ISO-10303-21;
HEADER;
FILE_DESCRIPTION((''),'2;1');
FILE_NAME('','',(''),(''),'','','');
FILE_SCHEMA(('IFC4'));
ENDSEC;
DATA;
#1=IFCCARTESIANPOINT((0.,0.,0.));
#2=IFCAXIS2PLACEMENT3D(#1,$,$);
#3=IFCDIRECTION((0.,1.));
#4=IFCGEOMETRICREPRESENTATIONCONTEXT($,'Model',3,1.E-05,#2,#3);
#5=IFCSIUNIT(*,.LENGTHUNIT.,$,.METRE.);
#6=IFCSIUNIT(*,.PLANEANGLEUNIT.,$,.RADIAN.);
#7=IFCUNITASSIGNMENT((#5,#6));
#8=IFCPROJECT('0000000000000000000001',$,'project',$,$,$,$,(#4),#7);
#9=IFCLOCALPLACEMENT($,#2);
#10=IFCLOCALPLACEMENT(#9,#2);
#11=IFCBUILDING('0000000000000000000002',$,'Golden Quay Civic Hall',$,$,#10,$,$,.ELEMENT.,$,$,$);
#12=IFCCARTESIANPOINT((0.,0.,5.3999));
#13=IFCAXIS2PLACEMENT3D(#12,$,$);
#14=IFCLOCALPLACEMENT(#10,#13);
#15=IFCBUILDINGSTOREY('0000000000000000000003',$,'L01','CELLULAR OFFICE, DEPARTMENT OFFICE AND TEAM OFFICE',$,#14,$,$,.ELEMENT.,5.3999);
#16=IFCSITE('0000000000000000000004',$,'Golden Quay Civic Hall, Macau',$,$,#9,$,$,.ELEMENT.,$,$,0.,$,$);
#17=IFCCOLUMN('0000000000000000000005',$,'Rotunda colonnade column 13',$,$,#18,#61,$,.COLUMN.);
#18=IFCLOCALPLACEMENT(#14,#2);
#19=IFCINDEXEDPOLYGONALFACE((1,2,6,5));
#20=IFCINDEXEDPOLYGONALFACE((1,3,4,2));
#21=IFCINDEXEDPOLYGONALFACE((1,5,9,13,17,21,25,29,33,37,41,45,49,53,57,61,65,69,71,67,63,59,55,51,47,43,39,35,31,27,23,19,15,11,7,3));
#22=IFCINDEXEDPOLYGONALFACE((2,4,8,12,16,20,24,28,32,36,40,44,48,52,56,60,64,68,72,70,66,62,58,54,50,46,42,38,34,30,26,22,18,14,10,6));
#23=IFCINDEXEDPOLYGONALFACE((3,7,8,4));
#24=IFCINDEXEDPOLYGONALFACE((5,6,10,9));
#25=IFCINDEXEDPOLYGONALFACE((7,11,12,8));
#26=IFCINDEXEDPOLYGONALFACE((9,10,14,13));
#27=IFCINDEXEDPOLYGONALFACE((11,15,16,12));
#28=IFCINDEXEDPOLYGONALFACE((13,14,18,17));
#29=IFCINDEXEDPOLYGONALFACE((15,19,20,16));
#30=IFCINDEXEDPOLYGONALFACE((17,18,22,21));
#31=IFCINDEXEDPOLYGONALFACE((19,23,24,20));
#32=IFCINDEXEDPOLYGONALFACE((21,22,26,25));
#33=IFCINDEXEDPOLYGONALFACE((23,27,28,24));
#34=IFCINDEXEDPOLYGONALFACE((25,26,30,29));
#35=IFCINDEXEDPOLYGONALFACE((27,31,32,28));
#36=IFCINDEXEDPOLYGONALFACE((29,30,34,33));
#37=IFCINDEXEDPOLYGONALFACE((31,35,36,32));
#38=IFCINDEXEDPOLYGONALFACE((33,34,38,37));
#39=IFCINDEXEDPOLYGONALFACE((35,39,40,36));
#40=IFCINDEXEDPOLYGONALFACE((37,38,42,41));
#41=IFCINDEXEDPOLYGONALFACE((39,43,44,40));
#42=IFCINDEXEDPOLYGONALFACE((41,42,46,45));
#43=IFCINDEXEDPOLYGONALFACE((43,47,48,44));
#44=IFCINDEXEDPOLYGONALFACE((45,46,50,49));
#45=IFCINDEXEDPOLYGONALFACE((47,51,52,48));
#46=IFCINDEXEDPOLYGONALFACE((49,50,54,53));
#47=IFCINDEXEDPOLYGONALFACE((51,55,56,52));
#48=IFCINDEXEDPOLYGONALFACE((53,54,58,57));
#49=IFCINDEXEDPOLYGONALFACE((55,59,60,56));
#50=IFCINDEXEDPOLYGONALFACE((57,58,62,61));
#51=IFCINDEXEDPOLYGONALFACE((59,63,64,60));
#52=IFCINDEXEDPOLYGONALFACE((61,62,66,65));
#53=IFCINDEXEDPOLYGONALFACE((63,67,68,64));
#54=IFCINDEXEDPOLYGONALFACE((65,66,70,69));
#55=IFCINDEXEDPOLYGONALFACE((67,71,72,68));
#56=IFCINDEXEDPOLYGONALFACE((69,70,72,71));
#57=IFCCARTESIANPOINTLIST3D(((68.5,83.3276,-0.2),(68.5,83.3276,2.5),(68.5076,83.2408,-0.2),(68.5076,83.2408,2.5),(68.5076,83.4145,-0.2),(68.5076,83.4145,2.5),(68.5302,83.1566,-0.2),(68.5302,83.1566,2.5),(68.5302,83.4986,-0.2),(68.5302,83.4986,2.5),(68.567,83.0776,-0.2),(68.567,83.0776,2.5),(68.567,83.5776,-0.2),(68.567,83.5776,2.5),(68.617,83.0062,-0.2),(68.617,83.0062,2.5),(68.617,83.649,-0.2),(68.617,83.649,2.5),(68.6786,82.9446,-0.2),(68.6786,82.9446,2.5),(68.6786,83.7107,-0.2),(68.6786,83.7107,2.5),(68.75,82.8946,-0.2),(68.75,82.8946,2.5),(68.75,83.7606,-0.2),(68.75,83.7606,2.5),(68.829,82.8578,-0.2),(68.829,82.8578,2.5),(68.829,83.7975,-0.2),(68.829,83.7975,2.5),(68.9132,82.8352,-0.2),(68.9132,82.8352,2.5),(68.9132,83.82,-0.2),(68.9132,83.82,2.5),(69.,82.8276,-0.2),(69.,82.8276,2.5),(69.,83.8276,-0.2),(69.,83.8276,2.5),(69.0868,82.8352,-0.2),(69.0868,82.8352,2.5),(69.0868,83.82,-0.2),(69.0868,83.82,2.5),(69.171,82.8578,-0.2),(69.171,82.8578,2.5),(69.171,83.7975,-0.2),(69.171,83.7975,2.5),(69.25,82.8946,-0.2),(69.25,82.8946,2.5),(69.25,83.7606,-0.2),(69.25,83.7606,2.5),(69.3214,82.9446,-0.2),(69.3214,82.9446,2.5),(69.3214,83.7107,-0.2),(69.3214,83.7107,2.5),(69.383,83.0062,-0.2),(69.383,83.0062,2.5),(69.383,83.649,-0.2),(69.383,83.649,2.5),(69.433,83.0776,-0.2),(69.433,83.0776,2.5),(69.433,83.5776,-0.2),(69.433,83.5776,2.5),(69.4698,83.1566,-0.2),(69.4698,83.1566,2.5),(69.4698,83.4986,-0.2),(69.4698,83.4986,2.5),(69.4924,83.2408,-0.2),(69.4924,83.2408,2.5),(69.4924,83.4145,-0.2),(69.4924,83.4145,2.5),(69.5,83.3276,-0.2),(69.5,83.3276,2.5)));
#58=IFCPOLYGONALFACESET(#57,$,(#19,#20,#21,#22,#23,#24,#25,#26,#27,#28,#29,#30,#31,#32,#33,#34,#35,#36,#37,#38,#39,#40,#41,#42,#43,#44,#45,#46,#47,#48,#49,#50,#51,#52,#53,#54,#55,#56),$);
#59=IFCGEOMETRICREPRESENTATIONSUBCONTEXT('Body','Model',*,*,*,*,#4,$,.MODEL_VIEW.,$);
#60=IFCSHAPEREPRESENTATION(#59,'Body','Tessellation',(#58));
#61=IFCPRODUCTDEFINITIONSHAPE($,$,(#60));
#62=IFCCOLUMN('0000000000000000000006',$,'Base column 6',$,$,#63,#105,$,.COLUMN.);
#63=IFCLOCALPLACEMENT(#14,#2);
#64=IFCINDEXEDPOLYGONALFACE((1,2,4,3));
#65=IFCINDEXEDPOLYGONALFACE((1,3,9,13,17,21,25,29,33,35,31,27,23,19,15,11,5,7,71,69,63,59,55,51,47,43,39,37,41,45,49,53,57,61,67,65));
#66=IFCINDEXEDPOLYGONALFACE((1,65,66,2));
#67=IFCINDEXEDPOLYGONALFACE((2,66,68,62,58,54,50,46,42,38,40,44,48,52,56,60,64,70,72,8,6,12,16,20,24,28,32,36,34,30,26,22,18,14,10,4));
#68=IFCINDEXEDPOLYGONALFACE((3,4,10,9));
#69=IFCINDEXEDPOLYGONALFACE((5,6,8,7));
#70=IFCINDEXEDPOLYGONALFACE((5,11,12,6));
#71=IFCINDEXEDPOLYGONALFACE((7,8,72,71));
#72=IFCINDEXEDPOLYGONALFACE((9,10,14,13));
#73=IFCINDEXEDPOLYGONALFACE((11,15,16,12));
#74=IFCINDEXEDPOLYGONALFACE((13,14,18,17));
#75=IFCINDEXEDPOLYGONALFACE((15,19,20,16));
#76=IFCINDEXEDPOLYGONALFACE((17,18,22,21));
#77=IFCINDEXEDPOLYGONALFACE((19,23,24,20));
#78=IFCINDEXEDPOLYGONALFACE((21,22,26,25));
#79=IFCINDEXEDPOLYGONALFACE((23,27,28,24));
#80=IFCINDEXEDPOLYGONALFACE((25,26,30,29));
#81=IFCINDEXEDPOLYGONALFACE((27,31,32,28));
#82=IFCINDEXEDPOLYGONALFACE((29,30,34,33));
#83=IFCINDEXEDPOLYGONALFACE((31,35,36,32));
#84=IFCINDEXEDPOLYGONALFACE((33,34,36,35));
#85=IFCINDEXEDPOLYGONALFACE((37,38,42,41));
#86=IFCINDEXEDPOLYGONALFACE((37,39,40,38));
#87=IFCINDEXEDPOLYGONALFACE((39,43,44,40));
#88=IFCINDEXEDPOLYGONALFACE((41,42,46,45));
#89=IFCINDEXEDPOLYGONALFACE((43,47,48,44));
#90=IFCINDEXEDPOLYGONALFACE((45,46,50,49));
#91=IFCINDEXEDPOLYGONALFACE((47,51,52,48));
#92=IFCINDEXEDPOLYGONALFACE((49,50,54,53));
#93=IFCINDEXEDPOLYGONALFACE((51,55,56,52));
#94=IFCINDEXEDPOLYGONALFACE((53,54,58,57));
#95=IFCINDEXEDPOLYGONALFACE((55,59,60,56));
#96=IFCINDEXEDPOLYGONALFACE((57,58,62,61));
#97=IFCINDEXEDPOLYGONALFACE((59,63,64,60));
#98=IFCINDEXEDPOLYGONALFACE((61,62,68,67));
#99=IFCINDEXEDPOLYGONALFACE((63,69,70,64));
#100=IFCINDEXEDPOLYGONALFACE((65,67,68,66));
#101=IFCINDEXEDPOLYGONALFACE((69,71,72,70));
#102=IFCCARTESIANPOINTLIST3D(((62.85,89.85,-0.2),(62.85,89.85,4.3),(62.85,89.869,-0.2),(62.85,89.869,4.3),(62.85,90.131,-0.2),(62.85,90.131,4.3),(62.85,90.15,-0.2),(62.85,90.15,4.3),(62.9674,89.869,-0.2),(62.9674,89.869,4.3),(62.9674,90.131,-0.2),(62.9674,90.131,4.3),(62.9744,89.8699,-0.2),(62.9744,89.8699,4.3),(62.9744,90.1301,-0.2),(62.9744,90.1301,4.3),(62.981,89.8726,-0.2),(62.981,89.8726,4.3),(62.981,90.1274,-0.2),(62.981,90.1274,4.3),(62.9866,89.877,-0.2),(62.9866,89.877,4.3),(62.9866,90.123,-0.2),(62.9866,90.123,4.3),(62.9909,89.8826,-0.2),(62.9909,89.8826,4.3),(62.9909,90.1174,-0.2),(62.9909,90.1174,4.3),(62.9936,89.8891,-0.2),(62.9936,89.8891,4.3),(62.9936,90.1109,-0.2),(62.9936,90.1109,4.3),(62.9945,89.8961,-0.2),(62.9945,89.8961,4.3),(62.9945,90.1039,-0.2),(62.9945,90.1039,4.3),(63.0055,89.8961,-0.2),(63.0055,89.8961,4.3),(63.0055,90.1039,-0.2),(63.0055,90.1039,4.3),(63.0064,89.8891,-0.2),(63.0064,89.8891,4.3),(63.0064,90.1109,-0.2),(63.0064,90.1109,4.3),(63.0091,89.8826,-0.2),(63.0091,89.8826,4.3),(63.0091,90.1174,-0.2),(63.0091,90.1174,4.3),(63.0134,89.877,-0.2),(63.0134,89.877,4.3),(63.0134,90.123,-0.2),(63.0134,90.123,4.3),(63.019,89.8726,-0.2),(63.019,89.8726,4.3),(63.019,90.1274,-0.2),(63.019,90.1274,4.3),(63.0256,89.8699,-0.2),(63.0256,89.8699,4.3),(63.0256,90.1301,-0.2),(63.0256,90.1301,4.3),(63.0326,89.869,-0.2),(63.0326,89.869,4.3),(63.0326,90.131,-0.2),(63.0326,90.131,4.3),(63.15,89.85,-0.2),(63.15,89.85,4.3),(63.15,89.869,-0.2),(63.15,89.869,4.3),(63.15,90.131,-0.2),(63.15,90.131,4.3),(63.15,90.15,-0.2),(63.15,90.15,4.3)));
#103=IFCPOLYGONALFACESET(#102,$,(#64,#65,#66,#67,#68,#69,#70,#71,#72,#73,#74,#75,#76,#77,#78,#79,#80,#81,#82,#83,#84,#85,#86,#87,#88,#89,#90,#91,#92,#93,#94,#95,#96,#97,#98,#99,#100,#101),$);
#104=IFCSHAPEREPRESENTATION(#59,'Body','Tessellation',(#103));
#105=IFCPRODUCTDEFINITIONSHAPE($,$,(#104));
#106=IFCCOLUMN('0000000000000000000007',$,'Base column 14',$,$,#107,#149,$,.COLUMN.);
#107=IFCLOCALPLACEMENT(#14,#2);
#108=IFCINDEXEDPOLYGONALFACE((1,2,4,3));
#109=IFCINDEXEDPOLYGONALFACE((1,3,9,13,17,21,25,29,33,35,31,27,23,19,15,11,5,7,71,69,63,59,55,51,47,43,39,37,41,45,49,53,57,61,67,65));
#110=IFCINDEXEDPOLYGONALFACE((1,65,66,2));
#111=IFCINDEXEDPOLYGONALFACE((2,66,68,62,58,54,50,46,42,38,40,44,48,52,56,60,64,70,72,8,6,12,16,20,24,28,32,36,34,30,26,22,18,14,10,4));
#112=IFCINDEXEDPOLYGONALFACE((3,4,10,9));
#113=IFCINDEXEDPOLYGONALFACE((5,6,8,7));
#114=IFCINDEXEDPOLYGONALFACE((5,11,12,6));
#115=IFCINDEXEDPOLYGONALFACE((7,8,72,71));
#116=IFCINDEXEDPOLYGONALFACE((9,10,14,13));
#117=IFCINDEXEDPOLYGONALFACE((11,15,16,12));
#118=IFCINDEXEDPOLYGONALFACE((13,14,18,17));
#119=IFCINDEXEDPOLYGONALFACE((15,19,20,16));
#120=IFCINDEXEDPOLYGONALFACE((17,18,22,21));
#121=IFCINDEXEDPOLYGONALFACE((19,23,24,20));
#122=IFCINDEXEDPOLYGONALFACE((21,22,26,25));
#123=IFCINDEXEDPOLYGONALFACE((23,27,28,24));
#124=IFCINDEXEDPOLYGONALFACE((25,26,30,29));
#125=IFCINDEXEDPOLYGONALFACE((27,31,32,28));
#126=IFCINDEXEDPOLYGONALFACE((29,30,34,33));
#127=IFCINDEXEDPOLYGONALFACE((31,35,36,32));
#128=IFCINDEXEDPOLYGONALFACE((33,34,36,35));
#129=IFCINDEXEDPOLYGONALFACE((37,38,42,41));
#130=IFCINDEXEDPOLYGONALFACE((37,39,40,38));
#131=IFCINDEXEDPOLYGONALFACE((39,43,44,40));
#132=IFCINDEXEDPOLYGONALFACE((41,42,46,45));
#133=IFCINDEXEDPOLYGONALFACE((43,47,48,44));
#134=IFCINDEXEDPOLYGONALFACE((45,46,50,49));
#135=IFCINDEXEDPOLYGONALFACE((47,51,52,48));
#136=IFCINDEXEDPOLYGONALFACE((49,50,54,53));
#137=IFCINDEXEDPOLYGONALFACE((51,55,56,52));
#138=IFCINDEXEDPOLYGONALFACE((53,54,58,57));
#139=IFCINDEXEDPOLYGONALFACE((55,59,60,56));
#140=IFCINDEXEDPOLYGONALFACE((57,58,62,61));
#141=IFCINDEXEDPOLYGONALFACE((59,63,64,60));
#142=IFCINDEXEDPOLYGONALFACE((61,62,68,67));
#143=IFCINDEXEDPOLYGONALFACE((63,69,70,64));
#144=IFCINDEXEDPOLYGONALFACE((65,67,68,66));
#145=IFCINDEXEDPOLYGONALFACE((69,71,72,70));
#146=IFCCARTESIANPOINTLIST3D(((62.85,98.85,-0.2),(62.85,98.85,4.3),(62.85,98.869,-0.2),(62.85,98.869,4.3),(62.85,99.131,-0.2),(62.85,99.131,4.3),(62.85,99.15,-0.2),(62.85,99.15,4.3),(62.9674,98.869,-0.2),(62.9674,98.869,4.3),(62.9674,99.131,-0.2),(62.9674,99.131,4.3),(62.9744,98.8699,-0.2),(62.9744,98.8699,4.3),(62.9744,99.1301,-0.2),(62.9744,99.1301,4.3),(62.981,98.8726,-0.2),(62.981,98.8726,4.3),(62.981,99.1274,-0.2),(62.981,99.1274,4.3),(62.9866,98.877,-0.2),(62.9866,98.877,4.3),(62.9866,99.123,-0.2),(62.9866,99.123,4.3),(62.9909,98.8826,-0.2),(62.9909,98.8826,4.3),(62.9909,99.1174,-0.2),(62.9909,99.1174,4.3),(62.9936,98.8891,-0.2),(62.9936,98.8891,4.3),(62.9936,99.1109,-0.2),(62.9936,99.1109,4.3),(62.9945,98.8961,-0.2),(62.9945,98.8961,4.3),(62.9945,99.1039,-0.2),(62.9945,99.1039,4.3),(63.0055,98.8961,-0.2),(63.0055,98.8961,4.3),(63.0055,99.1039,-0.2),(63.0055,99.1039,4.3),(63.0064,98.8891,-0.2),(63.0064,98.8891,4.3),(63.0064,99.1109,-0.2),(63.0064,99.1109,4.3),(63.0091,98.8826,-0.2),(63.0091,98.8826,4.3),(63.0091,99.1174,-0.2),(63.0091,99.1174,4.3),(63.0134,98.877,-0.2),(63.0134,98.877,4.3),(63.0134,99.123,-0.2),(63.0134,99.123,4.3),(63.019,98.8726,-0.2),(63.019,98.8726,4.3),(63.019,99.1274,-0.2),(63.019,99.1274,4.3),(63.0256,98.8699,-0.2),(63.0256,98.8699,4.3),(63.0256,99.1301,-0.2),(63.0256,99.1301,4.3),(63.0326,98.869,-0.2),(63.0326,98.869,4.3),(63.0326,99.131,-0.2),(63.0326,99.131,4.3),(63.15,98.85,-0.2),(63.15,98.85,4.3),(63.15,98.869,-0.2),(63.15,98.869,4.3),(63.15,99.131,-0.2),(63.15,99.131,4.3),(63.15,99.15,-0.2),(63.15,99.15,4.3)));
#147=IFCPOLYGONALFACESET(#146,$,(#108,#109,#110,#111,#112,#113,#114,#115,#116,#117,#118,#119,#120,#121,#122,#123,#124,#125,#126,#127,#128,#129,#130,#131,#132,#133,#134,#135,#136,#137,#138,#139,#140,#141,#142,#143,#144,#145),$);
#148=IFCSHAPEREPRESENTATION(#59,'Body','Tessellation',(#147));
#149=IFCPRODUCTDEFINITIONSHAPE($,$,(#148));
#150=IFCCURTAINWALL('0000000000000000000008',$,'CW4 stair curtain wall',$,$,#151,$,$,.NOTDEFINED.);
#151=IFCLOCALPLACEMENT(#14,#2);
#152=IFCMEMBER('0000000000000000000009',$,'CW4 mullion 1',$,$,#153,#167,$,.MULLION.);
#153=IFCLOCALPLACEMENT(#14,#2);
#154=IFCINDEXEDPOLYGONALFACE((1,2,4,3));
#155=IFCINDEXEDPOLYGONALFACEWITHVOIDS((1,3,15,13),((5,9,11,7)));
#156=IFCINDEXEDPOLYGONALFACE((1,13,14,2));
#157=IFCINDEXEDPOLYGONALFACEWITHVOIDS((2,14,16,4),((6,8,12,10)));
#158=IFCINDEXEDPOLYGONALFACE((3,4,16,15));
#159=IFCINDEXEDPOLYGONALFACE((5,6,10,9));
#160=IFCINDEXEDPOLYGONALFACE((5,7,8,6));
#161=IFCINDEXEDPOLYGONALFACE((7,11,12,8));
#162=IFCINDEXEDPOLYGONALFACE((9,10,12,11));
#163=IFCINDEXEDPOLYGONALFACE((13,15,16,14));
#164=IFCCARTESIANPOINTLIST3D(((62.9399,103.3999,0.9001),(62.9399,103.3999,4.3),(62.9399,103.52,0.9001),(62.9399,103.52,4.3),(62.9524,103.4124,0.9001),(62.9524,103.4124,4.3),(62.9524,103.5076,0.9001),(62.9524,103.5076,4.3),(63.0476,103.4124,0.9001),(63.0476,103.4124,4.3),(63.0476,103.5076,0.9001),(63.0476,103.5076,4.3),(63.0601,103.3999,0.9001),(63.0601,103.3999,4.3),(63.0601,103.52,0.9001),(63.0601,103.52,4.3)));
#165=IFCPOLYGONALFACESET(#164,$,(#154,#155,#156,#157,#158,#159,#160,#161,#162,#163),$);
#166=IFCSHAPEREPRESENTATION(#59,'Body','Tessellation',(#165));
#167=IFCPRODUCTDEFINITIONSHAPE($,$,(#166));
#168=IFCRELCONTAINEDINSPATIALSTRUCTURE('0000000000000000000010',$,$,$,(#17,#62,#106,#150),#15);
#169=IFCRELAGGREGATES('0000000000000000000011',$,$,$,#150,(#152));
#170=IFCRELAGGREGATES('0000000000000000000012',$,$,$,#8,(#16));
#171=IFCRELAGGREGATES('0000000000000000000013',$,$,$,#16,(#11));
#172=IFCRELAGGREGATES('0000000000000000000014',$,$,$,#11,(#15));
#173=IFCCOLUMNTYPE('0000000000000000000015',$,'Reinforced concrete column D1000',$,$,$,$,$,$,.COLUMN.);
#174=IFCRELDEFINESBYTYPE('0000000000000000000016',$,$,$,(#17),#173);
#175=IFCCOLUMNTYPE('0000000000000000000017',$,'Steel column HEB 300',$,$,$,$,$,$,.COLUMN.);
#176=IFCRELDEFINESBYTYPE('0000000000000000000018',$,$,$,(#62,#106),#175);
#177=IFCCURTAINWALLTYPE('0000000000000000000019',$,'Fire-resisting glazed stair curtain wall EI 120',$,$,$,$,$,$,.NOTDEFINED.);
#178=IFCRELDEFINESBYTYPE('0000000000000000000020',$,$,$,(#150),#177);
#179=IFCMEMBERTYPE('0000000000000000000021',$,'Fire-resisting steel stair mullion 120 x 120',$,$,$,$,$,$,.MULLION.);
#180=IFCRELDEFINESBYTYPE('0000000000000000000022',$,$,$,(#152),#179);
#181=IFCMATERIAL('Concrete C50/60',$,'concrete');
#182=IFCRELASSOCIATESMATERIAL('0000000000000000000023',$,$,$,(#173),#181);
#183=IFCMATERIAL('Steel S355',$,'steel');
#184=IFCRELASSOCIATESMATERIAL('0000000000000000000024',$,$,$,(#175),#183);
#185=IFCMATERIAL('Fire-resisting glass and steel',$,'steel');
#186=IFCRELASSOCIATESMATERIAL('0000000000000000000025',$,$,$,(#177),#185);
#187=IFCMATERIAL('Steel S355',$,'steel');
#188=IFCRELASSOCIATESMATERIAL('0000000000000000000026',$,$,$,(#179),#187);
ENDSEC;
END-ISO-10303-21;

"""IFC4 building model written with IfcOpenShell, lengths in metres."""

from ifc_helpers import new_model, si_unit, direction, frame, origin, origin_2d, place, context, subcontext, project, spatial, hollow_rectangle, circle, i_section, extrude, material, material_profile, profile_set, type_object, element, aggregate, save


model = new_model("IFC4")

# Units and contexts
model_context = context("Model", 3, precision=1e-05, world=origin(), true_north=direction((0.0, 1.0)))
body_context = subcontext(model_context, "Body", "Model", "MODEL_VIEW")
ifc_project = project(units=[si_unit("LENGTHUNIT", "METRE"), si_unit("PLANEANGLEUNIT", "RADIAN")], contexts=[model_context])

# Site, building, storey
site_placement = place(None, origin())
site = spatial("IfcSite", under=ifc_project, at=site_placement, Name="Golden Quay Civic Hall, Macau", CompositionType="ELEMENT", RefElevation=0.0)
building_placement = place(site_placement, origin())
building = spatial("IfcBuilding", under=site, at=building_placement, Name="Golden Quay Civic Hall", CompositionType="ELEMENT")
storey_placement = place(building_placement, frame((0.0, 0.0, 5.3999)))
storey = spatial("IfcBuildingStorey", under=building, at=storey_placement, Name="L01", Description="CELLULAR OFFICE, DEPARTMENT OFFICE AND TEAM OFFICE", CompositionType="ELEMENT", Elevation=5.3999)

# Columns
ifc_material_1 = material(Name="Concrete C50/60", Category="concrete")
ifc_material_profile_1 = material_profile(ifc_material_1, circle(Radius=0.5, at=origin_2d()), Name="RC D1000")
ifc_profile_set_1 = profile_set([ifc_material_profile_1], Name="Concrete C50/60")
column_type_1 = type_object("IfcColumnType", Name="Reinforced concrete column D1000", PredefinedType="COLUMN", material=ifc_profile_set_1)
column_placement = place(storey_placement, frame((69.0, 83.3276, -0.2), z_axis=(0.0, 0.0, 1.0), x_axis=(1.0, 0.0, 0.0)))
element("IfcColumn", 1, at=column_placement, inside=storey, type_object=column_type_1, Name="Rotunda colonnade column 13", PredefinedType="COLUMN", context=body_context, shape_type="SweptSolid", body=[
    extrude(circle(Radius=0.5, at=origin_2d()), origin(), (0.0, 0.0, 1.0), 2.7),
])
ifc_material_2 = material(Name="Steel S355", Category="steel")
ifc_material_profile_2 = material_profile(ifc_material_2, i_section(OverallWidth=0.3, OverallDepth=0.3, WebThickness=0.011, FlangeThickness=0.019, FilletRadius=0.0271, at=origin_2d()), Name="HEB 300")
ifc_profile_set_2 = profile_set([ifc_material_profile_2], Name="Steel S355")
column_type_2 = type_object("IfcColumnType", Name="Steel column HEB 300", PredefinedType="COLUMN", material=ifc_profile_set_2)
for number, where, z_axis, x_axis, name in (
    (2, (63.0, 90.0, -0.2), (0.0, 0.0, 1.0), (1.0, 0.0, 0.0), "Base column 6"),
    (3, (63.0, 99.0, -0.2), (0.0, 0.0, 1.0), (1.0, 0.0, 0.0), "Base column 14"),
):
    element("IfcColumn", number, at=place(storey_placement, frame(where, z_axis=z_axis, x_axis=x_axis)), inside=storey, type_object=column_type_2, Name=name, PredefinedType="COLUMN", context=body_context, shape_type="SweptSolid", body=[
        extrude(i_section(OverallWidth=0.3, OverallDepth=0.3, WebThickness=0.011, FlangeThickness=0.019, FilletRadius=0.0271, at=origin_2d()), origin(), (0.0, 0.0, 1.0), 4.5),
    ])

# Curtain wall, member
ifc_material_3 = material(Name="Fire-resisting glass and steel", Category="steel")
curtain_wall_type = type_object("IfcCurtainWallType", Name="Fire-resisting glazed stair curtain wall EI 120", PredefinedType="NOTDEFINED", material=ifc_material_3)
curtain_wall_placement = place(storey_placement, origin())
curtain_wall = element("IfcCurtainWall", 4, at=curtain_wall_placement, inside=storey, type_object=curtain_wall_type, Name="CW4 stair curtain wall", PredefinedType="NOTDEFINED")
ifc_material_4 = material(Name="Steel S355", Category="steel")
ifc_material_profile_3 = material_profile(ifc_material_4, hollow_rectangle(XDim=0.1201, YDim=0.1201, WallThickness=0.0125, at=origin_2d()), Name="SHS 120x120x12.5")
ifc_profile_set_3 = profile_set([ifc_material_profile_3], Name="Steel S355")
member_type = type_object("IfcMemberType", Name="Fire-resisting steel stair mullion 120 x 120", PredefinedType="MULLION", material=ifc_profile_set_3)
member_placement = place(storey_placement, frame((63.0, 103.46, 0.9001), z_axis=(0.0, 0.0, 1.0), x_axis=(-1.0, 0.0, 0.0)))
member = element("IfcMember", 5, at=member_placement, type_object=member_type, Name="CW4 mullion 1", PredefinedType="MULLION", context=body_context, shape_type="SweptSolid", body=[
    extrude(hollow_rectangle(XDim=0.1201, YDim=0.1201, WallThickness=0.0125, at=origin_2d()), origin(), (0.0, 0.0, 1.0), 3.3999),
])
aggregate(curtain_wall, [member])

save(model, "model.ifc")
